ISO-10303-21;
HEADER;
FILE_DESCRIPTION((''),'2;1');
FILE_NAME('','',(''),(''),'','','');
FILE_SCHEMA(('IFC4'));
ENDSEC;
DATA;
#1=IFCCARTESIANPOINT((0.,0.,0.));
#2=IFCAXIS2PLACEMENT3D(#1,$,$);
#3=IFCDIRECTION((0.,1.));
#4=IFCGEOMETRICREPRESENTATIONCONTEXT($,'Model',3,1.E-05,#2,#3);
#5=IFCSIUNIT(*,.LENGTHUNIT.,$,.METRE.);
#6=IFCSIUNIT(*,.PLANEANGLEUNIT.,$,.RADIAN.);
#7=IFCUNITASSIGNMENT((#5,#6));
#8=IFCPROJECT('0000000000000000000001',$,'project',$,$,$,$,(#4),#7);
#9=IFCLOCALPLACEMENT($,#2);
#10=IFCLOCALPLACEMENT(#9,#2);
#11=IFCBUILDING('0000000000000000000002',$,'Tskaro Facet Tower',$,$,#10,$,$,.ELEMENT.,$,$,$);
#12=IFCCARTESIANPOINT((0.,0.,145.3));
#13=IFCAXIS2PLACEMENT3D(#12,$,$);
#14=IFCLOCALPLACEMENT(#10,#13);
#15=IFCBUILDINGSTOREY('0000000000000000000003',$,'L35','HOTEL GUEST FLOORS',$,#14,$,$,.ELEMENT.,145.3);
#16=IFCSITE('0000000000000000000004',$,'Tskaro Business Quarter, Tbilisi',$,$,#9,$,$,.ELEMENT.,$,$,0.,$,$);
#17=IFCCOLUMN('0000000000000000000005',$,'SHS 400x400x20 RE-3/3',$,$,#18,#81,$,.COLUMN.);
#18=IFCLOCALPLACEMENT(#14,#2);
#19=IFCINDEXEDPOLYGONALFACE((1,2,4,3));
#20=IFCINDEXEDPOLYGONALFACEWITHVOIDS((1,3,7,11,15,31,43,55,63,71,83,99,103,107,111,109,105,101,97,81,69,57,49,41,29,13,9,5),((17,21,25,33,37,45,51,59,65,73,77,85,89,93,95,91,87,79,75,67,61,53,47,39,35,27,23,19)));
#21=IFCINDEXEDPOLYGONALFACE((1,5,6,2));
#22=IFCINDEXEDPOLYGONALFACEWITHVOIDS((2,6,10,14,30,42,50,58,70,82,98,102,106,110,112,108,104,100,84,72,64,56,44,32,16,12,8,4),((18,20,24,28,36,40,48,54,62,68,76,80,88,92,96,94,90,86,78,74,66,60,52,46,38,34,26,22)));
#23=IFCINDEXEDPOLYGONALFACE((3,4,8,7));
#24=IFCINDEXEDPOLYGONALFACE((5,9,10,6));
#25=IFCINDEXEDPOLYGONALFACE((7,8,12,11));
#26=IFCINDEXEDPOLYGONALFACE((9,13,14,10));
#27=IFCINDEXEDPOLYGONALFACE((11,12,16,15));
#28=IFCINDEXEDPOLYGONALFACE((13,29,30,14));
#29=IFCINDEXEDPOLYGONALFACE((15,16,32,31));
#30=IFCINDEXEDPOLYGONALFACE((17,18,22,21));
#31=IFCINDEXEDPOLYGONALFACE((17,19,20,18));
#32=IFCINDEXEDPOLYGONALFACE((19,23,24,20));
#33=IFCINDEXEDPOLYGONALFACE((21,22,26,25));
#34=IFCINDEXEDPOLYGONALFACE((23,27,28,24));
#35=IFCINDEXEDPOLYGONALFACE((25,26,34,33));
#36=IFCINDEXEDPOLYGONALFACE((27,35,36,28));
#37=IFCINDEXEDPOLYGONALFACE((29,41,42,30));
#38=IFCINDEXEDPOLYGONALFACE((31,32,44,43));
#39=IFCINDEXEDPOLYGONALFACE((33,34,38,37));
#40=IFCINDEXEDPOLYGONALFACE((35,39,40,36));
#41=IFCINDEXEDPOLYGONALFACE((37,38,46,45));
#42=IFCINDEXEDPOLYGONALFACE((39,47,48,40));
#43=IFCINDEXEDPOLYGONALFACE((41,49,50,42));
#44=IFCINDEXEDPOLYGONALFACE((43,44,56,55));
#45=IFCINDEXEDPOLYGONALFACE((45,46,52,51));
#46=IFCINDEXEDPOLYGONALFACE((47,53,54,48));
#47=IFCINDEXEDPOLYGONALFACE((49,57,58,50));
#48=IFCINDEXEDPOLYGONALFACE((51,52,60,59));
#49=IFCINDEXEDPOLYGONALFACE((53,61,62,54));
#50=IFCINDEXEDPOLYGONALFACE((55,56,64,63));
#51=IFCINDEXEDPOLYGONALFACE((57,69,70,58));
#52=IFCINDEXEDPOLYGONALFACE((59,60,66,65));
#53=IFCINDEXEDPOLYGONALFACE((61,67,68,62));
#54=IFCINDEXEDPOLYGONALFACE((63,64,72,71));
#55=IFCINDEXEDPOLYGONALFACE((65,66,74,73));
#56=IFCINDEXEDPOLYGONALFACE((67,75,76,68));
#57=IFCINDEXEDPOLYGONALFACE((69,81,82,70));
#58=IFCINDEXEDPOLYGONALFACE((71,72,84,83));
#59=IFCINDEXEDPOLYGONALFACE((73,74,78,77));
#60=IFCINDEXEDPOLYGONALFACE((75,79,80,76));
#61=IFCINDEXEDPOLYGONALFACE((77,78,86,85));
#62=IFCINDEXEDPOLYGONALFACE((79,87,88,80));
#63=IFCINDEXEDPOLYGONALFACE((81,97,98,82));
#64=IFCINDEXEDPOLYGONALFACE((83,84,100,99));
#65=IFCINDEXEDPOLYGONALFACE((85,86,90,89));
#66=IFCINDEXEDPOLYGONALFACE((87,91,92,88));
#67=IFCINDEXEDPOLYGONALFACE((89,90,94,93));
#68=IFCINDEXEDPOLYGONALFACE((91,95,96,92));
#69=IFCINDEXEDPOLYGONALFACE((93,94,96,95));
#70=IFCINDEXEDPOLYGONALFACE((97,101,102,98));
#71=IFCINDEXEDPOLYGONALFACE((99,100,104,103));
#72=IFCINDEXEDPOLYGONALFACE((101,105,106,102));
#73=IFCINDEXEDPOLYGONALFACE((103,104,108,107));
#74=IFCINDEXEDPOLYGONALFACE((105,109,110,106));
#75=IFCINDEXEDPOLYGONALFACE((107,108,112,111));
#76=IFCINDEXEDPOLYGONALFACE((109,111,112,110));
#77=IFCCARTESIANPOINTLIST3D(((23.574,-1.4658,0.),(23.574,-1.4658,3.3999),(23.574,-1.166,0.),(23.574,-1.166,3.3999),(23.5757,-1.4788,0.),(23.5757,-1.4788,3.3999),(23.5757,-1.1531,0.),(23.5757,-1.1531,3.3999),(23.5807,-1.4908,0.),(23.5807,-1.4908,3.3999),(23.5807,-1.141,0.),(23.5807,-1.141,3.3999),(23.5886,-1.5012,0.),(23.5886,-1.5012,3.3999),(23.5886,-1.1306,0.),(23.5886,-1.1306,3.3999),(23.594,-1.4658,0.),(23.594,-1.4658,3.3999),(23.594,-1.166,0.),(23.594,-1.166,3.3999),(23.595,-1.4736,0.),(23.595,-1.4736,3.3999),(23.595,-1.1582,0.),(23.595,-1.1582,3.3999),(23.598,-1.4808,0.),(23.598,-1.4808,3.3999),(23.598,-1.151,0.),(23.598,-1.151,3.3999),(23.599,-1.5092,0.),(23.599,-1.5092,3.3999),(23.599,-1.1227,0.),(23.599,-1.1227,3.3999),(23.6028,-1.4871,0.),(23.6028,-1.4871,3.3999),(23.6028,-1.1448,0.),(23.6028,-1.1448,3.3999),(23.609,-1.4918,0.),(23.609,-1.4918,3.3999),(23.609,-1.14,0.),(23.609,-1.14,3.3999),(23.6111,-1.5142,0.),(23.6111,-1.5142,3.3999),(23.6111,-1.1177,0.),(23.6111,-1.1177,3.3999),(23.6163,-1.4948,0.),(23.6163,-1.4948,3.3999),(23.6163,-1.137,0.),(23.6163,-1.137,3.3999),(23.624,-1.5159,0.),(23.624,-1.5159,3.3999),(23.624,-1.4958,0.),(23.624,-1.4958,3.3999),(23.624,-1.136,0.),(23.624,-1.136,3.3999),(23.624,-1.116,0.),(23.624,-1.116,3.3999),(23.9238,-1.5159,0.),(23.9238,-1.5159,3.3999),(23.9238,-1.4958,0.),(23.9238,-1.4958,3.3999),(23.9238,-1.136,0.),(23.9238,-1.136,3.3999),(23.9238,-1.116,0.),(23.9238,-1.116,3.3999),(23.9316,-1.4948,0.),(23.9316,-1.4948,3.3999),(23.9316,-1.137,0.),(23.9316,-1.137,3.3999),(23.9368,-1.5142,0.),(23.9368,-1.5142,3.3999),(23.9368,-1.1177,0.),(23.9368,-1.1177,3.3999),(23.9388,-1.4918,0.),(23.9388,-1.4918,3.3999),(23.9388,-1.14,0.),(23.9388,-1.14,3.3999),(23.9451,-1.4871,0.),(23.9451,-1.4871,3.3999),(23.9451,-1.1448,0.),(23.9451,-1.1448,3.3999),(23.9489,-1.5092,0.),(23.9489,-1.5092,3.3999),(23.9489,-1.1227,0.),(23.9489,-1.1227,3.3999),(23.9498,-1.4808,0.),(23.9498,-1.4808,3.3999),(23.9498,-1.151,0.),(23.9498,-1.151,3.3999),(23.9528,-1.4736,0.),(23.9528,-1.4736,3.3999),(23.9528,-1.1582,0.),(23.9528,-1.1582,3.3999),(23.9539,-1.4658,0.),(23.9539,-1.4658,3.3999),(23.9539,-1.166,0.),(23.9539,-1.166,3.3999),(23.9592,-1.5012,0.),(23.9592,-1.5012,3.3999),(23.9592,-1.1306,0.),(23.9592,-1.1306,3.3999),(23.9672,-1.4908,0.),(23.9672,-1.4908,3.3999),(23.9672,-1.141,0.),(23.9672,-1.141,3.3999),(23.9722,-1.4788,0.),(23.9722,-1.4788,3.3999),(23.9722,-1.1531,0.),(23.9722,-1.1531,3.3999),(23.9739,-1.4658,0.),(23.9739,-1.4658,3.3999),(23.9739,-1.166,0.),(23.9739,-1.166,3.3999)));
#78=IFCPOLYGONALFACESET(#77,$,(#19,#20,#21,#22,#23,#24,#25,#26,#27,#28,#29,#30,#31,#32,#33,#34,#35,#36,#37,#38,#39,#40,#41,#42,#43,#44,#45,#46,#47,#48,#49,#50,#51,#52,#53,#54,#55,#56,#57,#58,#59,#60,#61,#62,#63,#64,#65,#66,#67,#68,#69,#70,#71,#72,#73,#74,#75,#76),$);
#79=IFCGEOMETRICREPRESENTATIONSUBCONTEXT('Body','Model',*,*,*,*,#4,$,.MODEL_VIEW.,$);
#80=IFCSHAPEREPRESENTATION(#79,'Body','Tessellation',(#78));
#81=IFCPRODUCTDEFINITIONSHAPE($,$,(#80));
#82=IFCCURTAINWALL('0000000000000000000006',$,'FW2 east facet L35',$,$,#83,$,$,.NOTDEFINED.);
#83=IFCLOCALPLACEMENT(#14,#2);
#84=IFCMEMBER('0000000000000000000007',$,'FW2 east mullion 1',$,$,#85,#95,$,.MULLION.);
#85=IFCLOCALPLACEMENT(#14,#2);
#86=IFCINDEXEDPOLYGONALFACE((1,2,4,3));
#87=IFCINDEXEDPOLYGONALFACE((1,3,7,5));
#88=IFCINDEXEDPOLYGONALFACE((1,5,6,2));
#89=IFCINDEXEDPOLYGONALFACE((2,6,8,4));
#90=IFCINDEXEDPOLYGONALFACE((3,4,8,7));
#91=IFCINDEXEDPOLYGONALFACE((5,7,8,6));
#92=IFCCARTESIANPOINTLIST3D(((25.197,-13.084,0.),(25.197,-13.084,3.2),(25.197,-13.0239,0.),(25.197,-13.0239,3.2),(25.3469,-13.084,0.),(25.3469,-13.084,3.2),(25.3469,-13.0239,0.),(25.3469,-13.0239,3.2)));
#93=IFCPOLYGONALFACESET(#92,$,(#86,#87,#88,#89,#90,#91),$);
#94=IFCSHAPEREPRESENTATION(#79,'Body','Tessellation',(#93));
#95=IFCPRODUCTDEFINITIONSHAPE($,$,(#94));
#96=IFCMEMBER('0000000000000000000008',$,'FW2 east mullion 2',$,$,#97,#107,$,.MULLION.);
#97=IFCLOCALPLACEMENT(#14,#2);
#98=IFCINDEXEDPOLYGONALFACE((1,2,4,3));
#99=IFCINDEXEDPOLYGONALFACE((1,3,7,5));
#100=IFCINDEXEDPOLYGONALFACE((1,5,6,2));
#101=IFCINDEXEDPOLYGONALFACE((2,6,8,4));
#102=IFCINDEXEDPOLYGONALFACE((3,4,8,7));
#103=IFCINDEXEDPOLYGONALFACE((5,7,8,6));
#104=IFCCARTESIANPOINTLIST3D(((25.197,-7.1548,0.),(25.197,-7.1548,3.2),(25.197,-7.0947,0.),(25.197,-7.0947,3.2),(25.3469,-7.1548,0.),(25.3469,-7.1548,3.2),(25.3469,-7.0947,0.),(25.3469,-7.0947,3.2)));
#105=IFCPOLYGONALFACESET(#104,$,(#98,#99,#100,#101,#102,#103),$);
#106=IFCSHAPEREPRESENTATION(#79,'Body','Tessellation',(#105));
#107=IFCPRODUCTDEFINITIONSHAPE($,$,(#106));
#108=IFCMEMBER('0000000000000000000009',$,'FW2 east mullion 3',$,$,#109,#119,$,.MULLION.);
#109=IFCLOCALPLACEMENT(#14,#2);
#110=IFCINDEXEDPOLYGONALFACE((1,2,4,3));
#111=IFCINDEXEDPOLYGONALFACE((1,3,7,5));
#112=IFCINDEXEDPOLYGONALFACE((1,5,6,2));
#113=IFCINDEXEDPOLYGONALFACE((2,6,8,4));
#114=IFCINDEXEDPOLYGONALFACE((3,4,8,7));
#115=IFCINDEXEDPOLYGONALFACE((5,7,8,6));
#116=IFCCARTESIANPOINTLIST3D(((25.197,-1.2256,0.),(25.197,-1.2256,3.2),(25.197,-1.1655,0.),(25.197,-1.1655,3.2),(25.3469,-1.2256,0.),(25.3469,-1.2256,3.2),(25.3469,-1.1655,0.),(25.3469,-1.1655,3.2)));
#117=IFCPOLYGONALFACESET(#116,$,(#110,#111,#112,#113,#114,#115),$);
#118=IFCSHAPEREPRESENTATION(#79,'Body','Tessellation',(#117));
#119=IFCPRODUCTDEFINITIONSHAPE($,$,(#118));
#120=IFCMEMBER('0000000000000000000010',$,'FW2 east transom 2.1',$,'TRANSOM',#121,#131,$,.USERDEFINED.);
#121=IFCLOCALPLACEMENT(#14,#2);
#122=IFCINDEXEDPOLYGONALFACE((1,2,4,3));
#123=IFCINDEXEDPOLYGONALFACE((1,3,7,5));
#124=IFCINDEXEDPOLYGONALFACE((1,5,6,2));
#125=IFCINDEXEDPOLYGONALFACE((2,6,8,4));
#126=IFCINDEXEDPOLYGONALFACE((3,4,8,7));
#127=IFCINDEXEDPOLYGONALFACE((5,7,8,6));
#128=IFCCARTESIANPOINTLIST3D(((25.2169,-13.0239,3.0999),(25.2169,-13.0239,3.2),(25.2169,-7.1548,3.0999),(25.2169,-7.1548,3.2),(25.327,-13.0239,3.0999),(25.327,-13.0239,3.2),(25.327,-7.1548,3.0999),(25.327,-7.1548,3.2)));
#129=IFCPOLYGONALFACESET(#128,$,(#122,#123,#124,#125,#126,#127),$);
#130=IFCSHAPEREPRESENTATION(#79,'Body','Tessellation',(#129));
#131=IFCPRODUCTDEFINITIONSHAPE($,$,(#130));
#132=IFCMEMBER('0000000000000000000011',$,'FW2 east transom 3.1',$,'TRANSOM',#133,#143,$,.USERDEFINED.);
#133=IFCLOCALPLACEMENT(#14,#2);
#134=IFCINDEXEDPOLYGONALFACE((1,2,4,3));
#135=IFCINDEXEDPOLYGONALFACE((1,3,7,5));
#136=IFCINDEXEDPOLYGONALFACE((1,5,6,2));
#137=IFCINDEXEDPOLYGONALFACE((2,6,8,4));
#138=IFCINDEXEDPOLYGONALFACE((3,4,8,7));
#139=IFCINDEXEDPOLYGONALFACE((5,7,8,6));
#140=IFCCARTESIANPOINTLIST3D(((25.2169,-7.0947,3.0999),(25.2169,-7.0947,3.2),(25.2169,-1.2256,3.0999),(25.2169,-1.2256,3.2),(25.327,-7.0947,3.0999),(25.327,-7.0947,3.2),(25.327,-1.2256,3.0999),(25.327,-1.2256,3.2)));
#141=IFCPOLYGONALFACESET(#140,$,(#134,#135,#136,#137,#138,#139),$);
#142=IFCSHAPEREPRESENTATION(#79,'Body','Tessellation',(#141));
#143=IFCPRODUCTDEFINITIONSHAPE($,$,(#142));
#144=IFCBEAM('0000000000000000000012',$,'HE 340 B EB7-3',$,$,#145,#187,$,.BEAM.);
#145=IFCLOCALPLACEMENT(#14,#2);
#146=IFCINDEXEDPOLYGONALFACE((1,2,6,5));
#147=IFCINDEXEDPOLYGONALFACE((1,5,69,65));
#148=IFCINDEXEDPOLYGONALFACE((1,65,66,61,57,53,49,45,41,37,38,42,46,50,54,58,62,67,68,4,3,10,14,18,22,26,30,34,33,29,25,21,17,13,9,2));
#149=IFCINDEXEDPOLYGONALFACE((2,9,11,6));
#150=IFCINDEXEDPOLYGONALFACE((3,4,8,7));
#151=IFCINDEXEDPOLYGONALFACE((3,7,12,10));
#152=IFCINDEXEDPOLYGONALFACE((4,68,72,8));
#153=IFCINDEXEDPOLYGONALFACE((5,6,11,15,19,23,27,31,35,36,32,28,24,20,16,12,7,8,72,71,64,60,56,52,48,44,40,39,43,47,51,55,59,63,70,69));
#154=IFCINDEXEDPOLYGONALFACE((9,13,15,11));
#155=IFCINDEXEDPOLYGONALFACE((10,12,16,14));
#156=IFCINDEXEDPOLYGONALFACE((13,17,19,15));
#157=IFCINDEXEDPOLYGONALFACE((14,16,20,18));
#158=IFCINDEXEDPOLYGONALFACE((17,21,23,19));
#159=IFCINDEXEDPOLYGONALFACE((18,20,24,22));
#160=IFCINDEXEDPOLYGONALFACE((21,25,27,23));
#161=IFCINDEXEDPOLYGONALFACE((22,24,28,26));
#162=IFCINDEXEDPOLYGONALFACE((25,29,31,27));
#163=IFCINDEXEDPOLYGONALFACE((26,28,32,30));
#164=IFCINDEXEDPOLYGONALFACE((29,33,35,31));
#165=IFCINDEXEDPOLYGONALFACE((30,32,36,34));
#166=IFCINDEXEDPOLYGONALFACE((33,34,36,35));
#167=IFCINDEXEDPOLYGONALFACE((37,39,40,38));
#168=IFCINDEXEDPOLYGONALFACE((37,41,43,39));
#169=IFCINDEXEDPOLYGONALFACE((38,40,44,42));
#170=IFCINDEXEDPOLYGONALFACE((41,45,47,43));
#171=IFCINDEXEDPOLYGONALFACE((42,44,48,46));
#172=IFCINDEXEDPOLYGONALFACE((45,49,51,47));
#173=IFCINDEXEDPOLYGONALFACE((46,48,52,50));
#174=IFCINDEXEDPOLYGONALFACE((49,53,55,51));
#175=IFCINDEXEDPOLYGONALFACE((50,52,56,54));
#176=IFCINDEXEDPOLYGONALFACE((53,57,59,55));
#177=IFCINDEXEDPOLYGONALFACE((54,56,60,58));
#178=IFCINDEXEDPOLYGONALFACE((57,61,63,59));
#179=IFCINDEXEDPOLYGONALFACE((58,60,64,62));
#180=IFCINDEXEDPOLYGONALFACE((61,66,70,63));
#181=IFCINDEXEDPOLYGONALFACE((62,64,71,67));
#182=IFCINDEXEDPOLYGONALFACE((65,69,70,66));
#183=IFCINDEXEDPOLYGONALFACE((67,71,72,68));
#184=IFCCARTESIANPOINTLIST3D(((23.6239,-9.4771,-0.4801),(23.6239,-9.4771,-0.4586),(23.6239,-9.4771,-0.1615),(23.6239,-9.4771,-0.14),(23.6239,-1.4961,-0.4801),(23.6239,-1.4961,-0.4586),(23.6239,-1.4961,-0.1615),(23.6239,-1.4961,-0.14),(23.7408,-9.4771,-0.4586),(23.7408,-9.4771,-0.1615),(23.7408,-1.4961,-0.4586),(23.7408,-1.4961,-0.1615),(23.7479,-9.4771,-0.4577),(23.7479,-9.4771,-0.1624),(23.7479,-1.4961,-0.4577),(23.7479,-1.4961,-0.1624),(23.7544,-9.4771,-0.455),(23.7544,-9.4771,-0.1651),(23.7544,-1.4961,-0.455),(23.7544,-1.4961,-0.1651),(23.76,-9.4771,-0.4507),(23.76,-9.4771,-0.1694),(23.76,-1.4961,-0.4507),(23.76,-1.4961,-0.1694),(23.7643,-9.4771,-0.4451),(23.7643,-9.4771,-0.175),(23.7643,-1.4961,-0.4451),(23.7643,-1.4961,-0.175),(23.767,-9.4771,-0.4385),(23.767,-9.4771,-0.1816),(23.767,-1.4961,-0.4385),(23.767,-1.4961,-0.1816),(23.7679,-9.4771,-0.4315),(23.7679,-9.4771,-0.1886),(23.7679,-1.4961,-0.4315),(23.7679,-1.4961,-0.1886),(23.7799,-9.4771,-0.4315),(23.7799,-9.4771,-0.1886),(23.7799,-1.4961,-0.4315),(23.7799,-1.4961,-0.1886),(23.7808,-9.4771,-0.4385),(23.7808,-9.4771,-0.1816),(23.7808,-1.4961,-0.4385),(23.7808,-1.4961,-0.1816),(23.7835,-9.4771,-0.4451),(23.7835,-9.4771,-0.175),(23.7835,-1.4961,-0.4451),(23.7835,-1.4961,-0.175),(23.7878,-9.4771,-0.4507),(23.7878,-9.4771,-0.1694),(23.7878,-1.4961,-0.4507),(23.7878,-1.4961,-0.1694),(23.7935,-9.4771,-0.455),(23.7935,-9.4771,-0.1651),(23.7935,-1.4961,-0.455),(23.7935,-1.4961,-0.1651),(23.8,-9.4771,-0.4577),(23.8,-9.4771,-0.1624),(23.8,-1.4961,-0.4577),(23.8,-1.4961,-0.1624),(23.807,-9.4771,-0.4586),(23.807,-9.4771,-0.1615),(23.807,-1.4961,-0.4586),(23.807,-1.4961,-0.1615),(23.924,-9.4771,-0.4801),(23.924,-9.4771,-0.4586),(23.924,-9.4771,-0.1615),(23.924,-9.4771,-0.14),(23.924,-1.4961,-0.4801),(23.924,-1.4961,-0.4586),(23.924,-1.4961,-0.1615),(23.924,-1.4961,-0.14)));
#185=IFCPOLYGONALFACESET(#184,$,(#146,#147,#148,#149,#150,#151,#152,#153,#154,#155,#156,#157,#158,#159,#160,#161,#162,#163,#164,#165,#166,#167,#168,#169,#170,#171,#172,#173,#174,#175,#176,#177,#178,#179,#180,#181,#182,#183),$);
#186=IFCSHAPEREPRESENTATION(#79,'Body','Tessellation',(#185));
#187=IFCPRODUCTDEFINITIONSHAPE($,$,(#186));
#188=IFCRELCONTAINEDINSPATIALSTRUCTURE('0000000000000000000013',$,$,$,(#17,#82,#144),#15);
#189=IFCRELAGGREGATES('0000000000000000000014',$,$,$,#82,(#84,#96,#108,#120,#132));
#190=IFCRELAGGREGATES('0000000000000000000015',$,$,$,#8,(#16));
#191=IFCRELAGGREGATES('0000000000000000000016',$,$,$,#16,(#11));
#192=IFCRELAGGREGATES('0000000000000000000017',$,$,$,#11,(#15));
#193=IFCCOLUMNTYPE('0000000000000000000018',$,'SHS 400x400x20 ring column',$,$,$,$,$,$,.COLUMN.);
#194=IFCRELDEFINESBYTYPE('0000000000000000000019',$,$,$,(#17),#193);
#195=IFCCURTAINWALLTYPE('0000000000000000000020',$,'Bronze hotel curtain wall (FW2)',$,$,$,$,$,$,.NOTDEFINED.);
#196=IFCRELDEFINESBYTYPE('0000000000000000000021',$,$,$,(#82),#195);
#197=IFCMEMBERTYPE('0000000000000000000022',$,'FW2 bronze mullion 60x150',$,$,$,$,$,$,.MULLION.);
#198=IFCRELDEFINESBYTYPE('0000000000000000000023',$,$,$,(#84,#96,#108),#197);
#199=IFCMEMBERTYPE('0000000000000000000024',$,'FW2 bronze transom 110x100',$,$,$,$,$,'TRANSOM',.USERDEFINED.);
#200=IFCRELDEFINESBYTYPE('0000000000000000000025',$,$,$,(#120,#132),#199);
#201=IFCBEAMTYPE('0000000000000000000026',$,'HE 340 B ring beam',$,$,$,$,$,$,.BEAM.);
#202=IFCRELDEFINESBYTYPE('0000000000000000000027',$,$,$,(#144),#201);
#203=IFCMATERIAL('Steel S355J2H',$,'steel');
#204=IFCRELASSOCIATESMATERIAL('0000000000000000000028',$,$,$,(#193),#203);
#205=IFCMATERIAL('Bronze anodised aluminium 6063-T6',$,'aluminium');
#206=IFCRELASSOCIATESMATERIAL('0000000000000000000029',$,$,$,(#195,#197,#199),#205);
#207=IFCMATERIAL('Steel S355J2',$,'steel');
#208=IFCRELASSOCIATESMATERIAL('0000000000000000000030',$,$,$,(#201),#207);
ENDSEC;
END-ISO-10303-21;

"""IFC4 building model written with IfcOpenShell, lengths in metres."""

from ifc_helpers import new_model, si_unit, direction, frame, origin, origin_2d, place, context, subcontext, project, spatial, rectangle, hollow_rectangle, i_section, extrude, material, material_profile, profile_set, type_object, element, aggregate, save


model = new_model("IFC4")

# Units and contexts
model_context = context("Model", 3, precision=1e-05, world=origin(), true_north=direction((0.0, 1.0)))
body_context = subcontext(model_context, "Body", "Model", "MODEL_VIEW")
ifc_project = project(units=[si_unit("LENGTHUNIT", "METRE"), si_unit("PLANEANGLEUNIT", "RADIAN")], contexts=[model_context])

# Site, building, storey
site_placement = place(None, origin())
site = spatial("IfcSite", under=ifc_project, at=site_placement, Name="Tskaro Business Quarter, Tbilisi", CompositionType="ELEMENT", RefElevation=0.0)
building_placement = place(site_placement, origin())
building = spatial("IfcBuilding", under=site, at=building_placement, Name="Tskaro Facet Tower", CompositionType="ELEMENT")
storey_placement = place(building_placement, frame((0.0, 0.0, 145.3)))
storey = spatial("IfcBuildingStorey", under=building, at=storey_placement, Name="L35", Description="HOTEL GUEST FLOORS", CompositionType="ELEMENT", Elevation=145.3)

# Column
ifc_material_1 = material(Name="Steel S355J2H", Category="steel")
ifc_material_profile_1 = material_profile(ifc_material_1, hollow_rectangle(XDim=0.3999, YDim=0.3999, WallThickness=0.02, InnerFilletRadius=0.03, OuterFilletRadius=0.05, at=origin_2d()), Name="SHS 400x400x20")
ifc_profile_set_1 = profile_set([ifc_material_profile_1], Name="Steel S355J2H")
column_type_1 = type_object("IfcColumnType", Name="SHS 400x400x20 ring column", PredefinedType="COLUMN", material=ifc_profile_set_1)
for number, where, z_axis, x_axis, name in (
    (1, (23.7739, -1.3159, 0.0), (0.0, 0.0, 1.0), (1.0, 0.0, 0.0), "SHS 400x400x20 RE-3/3"),
):
    element("IfcColumn", number, at=place(storey_placement, frame(where, z_axis=z_axis, x_axis=x_axis)), inside=storey, type_object=column_type_1, Name=name, PredefinedType="COLUMN", context=body_context, shape_type="SweptSolid", body=[
        extrude(hollow_rectangle(XDim=0.3999, YDim=0.3999, WallThickness=0.02, InnerFilletRadius=0.03, OuterFilletRadius=0.05, at=origin_2d()), origin(), (0.0, 0.0, 1.0), 3.3999),
    ])

# Curtain wall, members
ifc_material_2 = material(Name="Bronze anodised aluminium 6063-T6", Category="aluminium")
curtain_wall_type = type_object("IfcCurtainWallType", Name="Bronze hotel curtain wall (FW2)", PredefinedType="NOTDEFINED", material=ifc_material_2)
curtain_wall_placement = place(storey_placement, origin())
curtain_wall = element("IfcCurtainWall", 2, at=curtain_wall_placement, inside=storey, type_object=curtain_wall_type, Name="FW2 east facet L35", PredefinedType="NOTDEFINED")
ifc_material_profile_2 = material_profile(ifc_material_2, rectangle(XDim=0.0601, YDim=0.1499, at=origin_2d()), Name="Mullion 60x150")
ifc_profile_set_2 = profile_set([ifc_material_profile_2], Name="Bronze anodised aluminium 6063-T6")
member_type_1 = type_object("IfcMemberType", Name="FW2 bronze mullion 60x150", PredefinedType="MULLION", material=ifc_profile_set_2)
member_1_placement = place(storey_placement, frame((25.272, -13.054, 0.0), z_axis=(0.0, 0.0, 1.0), x_axis=(0.0, 1.0, 0.0)))
member_1 = element("IfcMember", 3, at=member_1_placement, type_object=member_type_1, Name="FW2 east mullion 1", PredefinedType="MULLION", context=body_context, shape_type="SweptSolid", body=[
    extrude(rectangle(XDim=0.0601, YDim=0.1499, at=origin_2d()), origin(), (0.0, 0.0, 1.0), 3.2),
])
member_2_placement = place(storey_placement, frame((25.272, -7.1248, 0.0), z_axis=(0.0, 0.0, 1.0), x_axis=(0.0, 1.0, 0.0)))
member_2 = element("IfcMember", 4, at=member_2_placement, type_object=member_type_1, Name="FW2 east mullion 2", PredefinedType="MULLION", context=body_context, shape_type="SweptSolid", body=[
    extrude(rectangle(XDim=0.0601, YDim=0.1499, at=origin_2d()), origin(), (0.0, 0.0, 1.0), 3.2),
])
member_3_placement = place(storey_placement, frame((25.272, -1.1956, 0.0), z_axis=(0.0, 0.0, 1.0), x_axis=(0.0, 1.0, 0.0)))
member_3 = element("IfcMember", 5, at=member_3_placement, type_object=member_type_1, Name="FW2 east mullion 3", PredefinedType="MULLION", context=body_context, shape_type="SweptSolid", body=[
    extrude(rectangle(XDim=0.0601, YDim=0.1499, at=origin_2d()), origin(), (0.0, 0.0, 1.0), 3.2),
])
ifc_material_profile_3 = material_profile(ifc_material_2, rectangle(XDim=0.1101, YDim=0.1001, at=origin_2d()), Name="Transom 110x100")
ifc_profile_set_3 = profile_set([ifc_material_profile_3], Name="Bronze anodised aluminium 6063-T6")
member_type_2 = type_object("IfcMemberType", Name="FW2 bronze transom 110x100", ElementType="TRANSOM", PredefinedType="USERDEFINED", material=ifc_profile_set_3)
member_4_placement = place(storey_placement, frame((25.272, -13.0239, 3.1499), z_axis=(0.0, 1.0, 0.0), x_axis=(-1.0, 0.0, 0.0)))
member_4 = element("IfcMember", 6, at=member_4_placement, type_object=member_type_2, Name="FW2 east transom 2.1", ObjectType="TRANSOM", PredefinedType="USERDEFINED", context=body_context, shape_type="SweptSolid", body=[
    extrude(rectangle(XDim=0.1101, YDim=0.1001, at=origin_2d()), origin(), (0.0, 0.0, 1.0), 5.8691),
])
member_5_placement = place(storey_placement, frame((25.272, -7.0947, 3.1499), z_axis=(0.0, 1.0, 0.0), x_axis=(-1.0, 0.0, 0.0)))
member_5 = element("IfcMember", 7, at=member_5_placement, type_object=member_type_2, Name="FW2 east transom 3.1", ObjectType="TRANSOM", PredefinedType="USERDEFINED", context=body_context, shape_type="SweptSolid", body=[
    extrude(rectangle(XDim=0.1101, YDim=0.1001, at=origin_2d()), origin(), (0.0, 0.0, 1.0), 5.8691),
])

# Beam
ifc_material_3 = material(Name="Steel S355J2", Category="steel")
ifc_material_profile_4 = material_profile(ifc_material_3, i_section(OverallWidth=0.3, OverallDepth=0.3401, WebThickness=0.012, FlangeThickness=0.0215, FilletRadius=0.0271, at=origin_2d()), Name="HE 340 B")
ifc_profile_set_4 = profile_set([ifc_material_profile_4], Name="Steel S355J2")
beam_type_1 = type_object("IfcBeamType", Name="HE 340 B ring beam", PredefinedType="BEAM", material=ifc_profile_set_4)
beam_1_placement = place(storey_placement, frame((23.7739, -9.4771, -0.3101), z_axis=(0.0, 1.0, 0.0), x_axis=(-1.0, 0.0, 0.0)))
element("IfcBeam", 8, at=beam_1_placement, inside=storey, type_object=beam_type_1, Name="HE 340 B EB7-3", PredefinedType="BEAM", context=body_context, shape_type="SweptSolid", body=[
    extrude(i_section(OverallWidth=0.3, OverallDepth=0.3401, WebThickness=0.012, FlangeThickness=0.0215, FilletRadius=0.0271, at=origin_2d()), origin(), (0.0, 0.0, 1.0), 7.981),
])

aggregate(curtain_wall, [member_1, member_2, member_3, member_4, member_5])

save(model, "model.ifc")
